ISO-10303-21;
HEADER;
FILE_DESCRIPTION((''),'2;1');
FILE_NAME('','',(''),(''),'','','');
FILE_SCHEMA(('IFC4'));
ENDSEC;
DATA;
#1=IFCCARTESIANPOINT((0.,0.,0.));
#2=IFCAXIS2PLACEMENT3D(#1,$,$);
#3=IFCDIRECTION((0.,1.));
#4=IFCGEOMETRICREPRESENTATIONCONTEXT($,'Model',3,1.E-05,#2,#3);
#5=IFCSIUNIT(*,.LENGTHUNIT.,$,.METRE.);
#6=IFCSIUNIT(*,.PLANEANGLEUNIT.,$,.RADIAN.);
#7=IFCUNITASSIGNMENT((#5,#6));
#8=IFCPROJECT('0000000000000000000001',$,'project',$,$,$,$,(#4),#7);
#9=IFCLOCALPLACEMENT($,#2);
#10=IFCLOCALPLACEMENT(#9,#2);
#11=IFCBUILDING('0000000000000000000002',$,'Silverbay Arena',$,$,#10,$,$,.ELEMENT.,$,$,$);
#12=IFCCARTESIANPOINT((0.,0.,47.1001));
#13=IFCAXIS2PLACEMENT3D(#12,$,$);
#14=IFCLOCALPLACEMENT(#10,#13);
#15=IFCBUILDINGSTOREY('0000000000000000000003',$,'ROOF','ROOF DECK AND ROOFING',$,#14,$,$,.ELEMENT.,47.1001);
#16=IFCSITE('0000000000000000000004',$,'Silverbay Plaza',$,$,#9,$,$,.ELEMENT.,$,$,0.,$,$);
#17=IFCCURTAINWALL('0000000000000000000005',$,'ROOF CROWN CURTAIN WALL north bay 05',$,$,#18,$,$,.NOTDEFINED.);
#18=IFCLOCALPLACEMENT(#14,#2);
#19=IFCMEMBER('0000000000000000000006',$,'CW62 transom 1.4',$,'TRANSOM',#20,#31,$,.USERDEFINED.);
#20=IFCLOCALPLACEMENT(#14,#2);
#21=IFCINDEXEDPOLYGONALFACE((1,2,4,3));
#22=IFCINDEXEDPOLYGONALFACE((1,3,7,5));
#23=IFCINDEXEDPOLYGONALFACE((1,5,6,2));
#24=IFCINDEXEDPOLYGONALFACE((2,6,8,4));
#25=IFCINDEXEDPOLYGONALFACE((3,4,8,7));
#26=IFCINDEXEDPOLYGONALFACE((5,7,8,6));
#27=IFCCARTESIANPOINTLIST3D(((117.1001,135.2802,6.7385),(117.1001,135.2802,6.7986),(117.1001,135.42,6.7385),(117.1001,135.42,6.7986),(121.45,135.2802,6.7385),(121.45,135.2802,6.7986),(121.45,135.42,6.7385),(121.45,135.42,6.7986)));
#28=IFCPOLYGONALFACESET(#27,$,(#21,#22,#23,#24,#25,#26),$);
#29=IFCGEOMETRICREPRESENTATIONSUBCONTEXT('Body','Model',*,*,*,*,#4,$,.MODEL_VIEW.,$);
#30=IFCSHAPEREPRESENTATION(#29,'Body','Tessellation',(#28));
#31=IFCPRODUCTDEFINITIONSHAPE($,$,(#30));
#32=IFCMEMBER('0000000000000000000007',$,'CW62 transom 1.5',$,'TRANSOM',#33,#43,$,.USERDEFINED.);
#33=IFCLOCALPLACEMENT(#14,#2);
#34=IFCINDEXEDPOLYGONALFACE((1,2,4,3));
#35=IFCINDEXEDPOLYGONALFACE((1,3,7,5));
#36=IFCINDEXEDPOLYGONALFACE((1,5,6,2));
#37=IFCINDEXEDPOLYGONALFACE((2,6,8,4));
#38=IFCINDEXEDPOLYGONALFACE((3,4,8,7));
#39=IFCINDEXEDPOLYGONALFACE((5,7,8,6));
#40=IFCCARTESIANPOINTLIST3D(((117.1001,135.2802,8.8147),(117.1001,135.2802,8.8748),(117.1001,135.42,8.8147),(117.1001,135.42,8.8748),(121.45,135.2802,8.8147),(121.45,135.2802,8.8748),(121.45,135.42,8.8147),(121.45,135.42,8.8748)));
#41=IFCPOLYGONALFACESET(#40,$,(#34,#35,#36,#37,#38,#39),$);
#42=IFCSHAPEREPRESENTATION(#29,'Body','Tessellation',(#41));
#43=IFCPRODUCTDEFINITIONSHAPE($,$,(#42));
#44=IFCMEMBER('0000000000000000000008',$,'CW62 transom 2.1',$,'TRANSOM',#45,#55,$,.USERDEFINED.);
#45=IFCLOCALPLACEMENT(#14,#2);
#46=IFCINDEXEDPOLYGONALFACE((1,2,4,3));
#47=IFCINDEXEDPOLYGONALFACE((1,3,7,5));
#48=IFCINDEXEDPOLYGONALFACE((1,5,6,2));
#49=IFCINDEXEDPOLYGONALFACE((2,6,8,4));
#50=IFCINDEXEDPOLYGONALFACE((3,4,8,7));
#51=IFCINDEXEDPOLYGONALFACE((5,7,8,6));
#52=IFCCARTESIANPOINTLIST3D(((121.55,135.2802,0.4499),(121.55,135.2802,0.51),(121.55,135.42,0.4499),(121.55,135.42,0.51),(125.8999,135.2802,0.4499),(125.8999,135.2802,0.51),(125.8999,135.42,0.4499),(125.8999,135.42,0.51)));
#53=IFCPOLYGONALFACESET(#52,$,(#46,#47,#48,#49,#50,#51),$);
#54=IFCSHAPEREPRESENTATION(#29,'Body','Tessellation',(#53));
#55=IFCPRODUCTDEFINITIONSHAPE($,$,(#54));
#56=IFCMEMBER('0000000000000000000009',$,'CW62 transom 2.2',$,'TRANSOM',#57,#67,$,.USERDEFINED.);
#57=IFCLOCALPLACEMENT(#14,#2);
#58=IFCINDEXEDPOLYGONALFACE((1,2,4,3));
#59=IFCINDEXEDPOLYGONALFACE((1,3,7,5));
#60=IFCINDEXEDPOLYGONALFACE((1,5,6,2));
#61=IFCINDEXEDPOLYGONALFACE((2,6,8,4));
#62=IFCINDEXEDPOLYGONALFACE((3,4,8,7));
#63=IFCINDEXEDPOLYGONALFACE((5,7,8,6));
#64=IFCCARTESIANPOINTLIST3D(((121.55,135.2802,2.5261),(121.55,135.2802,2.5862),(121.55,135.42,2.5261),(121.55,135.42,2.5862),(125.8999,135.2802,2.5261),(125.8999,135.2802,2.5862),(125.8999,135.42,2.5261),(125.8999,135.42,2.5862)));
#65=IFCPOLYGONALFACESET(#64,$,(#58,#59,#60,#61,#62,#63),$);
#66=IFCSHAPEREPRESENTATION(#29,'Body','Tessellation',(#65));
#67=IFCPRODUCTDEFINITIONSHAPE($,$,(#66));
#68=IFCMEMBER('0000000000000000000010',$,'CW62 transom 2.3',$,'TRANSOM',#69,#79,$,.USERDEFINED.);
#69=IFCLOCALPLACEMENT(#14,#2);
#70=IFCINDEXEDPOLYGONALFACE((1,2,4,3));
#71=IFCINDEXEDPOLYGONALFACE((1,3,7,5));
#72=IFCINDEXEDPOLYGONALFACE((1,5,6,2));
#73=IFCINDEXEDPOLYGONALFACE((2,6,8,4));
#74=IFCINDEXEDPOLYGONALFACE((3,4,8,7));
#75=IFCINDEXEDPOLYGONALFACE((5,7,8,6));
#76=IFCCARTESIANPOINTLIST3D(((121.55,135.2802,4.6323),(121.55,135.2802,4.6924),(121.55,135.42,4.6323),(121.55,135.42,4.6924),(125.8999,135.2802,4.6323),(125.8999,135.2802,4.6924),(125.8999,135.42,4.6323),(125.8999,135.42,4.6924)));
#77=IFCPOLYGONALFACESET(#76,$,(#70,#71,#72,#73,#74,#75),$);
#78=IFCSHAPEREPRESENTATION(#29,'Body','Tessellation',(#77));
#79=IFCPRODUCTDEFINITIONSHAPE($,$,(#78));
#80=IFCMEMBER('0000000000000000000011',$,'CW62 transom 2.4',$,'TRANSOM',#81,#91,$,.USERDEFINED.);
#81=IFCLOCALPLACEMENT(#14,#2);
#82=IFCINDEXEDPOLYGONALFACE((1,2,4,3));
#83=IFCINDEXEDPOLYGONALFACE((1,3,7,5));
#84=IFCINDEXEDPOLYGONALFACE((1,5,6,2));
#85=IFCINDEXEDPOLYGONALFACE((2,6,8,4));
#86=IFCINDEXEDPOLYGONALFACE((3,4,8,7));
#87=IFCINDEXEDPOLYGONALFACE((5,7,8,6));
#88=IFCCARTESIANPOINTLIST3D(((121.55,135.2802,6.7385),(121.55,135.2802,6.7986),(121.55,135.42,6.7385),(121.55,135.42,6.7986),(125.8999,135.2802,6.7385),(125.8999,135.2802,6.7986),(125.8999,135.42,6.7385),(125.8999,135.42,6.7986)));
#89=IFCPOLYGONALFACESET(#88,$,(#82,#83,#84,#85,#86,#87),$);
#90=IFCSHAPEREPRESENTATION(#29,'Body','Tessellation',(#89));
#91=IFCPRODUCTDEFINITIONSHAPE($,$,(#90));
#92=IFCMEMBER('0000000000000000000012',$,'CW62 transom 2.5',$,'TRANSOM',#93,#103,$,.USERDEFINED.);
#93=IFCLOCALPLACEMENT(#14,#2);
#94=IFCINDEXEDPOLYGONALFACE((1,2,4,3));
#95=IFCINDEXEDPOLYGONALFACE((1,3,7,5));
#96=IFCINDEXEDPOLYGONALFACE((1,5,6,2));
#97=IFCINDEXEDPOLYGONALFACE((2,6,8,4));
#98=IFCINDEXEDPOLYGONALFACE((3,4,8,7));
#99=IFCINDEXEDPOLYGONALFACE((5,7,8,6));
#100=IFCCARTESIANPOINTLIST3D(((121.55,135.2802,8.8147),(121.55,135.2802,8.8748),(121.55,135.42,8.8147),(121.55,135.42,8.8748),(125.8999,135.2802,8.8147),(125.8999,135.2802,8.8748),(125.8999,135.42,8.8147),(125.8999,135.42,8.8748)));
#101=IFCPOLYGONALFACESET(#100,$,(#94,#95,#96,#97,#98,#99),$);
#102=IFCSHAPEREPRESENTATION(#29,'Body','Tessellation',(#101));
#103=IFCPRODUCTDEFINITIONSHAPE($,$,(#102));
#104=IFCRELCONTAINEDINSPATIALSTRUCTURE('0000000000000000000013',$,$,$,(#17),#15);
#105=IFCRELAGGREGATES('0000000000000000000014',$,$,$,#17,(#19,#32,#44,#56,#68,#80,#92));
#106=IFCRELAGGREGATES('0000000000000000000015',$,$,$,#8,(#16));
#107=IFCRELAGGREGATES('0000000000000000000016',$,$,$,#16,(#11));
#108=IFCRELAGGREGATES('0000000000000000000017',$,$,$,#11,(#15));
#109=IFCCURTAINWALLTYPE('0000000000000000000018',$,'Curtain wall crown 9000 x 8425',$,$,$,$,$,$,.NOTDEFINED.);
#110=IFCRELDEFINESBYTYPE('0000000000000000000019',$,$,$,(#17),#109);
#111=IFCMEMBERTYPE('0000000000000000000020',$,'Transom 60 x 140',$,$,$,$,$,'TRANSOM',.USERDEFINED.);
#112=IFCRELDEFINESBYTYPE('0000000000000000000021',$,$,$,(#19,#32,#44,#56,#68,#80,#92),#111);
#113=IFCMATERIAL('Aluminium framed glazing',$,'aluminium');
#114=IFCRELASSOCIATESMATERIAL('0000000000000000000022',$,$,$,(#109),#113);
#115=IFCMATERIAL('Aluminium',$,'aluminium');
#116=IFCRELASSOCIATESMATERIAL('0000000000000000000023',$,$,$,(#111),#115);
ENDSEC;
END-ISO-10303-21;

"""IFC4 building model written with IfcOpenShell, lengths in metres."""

from ifc_helpers import new_model, si_unit, direction, frame, origin, origin_2d, place, context, subcontext, project, spatial, rectangle, extrude, material, material_profile, profile_set, type_object, element, aggregate, save


model = new_model("IFC4")

# Units and contexts
model_context = context("Model", 3, precision=1e-05, world=origin(), true_north=direction((0.0, 1.0)))
body_context = subcontext(model_context, "Body", "Model", "MODEL_VIEW")
ifc_project = project(units=[si_unit("LENGTHUNIT", "METRE"), si_unit("PLANEANGLEUNIT", "RADIAN")], contexts=[model_context])

# Site, building, storey
site_placement = place(None, origin())
site = spatial("IfcSite", under=ifc_project, at=site_placement, Name="Silverbay Plaza", CompositionType="ELEMENT", RefElevation=0.0)
building_placement = place(site_placement, origin())
building = spatial("IfcBuilding", under=site, at=building_placement, Name="Silverbay Arena", CompositionType="ELEMENT")
storey_placement = place(building_placement, frame((0.0, 0.0, 47.1001)))
storey = spatial("IfcBuildingStorey", under=building, at=storey_placement, Name="ROOF", Description="ROOF DECK AND ROOFING", CompositionType="ELEMENT", Elevation=47.1001)

# Curtain wall
ifc_material_1 = material(Name="Aluminium framed glazing", Category="aluminium")
curtain_wall_type = type_object("IfcCurtainWallType", Name="Curtain wall crown 9000 x 8425", PredefinedType="NOTDEFINED", material=ifc_material_1)
placement = place(building_placement, frame((0.0, 0.0, 33.5)))
curtain_wall_1_placement = place(storey_placement, origin())
curtain_wall_1 = element("IfcCurtainWall", 1, at=curtain_wall_1_placement, inside=storey, type_object=curtain_wall_type, Name="ROOF CROWN CURTAIN WALL north bay 05", PredefinedType="NOTDEFINED")

# Members
ifc_material_2 = material(Name="Aluminium", Category="aluminium")
ifc_material_profile_1 = material_profile(ifc_material_2, rectangle(XDim=0.1399, YDim=0.0601, at=origin_2d()), Name="Transom 60 x 140")
ifc_profile_set_1 = profile_set([ifc_material_profile_1], Name="Aluminium")
member_type_1 = type_object("IfcMemberType", Name="Transom 60 x 140", ElementType="TRANSOM", PredefinedType="USERDEFINED", material=ifc_profile_set_1)
member_1_placement = place(placement, frame((117.1001, 135.3501, 20.3687), z_axis=(1.0, 0.0, 0.0), x_axis=(0.0, 1.0, 0.0)))
member_1 = element("IfcMember", 2, at=member_1_placement, type_object=member_type_1, Name="CW62 transom 1.4", ObjectType="TRANSOM", PredefinedType="USERDEFINED", context=body_context, shape_type="SweptSolid", body=[
    extrude(rectangle(XDim=0.1399, YDim=0.0601, at=origin_2d()), origin(), (0.0, 0.0, 1.0), 4.3499),
])
member_2_placement = place(placement, frame((117.1001, 135.3501, 22.4448), z_axis=(1.0, 0.0, 0.0), x_axis=(0.0, 1.0, 0.0)))
member_2 = element("IfcMember", 3, at=member_2_placement, type_object=member_type_1, Name="CW62 transom 1.5", ObjectType="TRANSOM", PredefinedType="USERDEFINED", context=body_context, shape_type="SweptSolid", body=[
    extrude(rectangle(XDim=0.1399, YDim=0.0601, at=origin_2d()), origin(), (0.0, 0.0, 1.0), 4.3499),
])
member_3_placement = place(placement, frame((121.55, 135.3501, 14.0801), z_axis=(1.0, 0.0, 0.0), x_axis=(0.0, 1.0, 0.0)))
member_3 = element("IfcMember", 4, at=member_3_placement, type_object=member_type_1, Name="CW62 transom 2.1", ObjectType="TRANSOM", PredefinedType="USERDEFINED", context=body_context, shape_type="SweptSolid", body=[
    extrude(rectangle(XDim=0.1399, YDim=0.0601, at=origin_2d()), origin(), (0.0, 0.0, 1.0), 4.3499),
])
member_4_placement = place(placement, frame((121.55, 135.3501, 16.1562), z_axis=(1.0, 0.0, 0.0), x_axis=(0.0, 1.0, 0.0)))
member_4 = element("IfcMember", 5, at=member_4_placement, type_object=member_type_1, Name="CW62 transom 2.2", ObjectType="TRANSOM", PredefinedType="USERDEFINED", context=body_context, shape_type="SweptSolid", body=[
    extrude(rectangle(XDim=0.1399, YDim=0.0601, at=origin_2d()), origin(), (0.0, 0.0, 1.0), 4.3499),
])
member_5_placement = place(placement, frame((121.55, 135.3501, 18.2625), z_axis=(1.0, 0.0, 0.0), x_axis=(0.0, 1.0, 0.0)))
member_5 = element("IfcMember", 6, at=member_5_placement, type_object=member_type_1, Name="CW62 transom 2.3", ObjectType="TRANSOM", PredefinedType="USERDEFINED", context=body_context, shape_type="SweptSolid", body=[
    extrude(rectangle(XDim=0.1399, YDim=0.0601, at=origin_2d()), origin(), (0.0, 0.0, 1.0), 4.3499),
])
member_6_placement = place(placement, frame((121.55, 135.3501, 20.3687), z_axis=(1.0, 0.0, 0.0), x_axis=(0.0, 1.0, 0.0)))
member_6 = element("IfcMember", 7, at=member_6_placement, type_object=member_type_1, Name="CW62 transom 2.4", ObjectType="TRANSOM", PredefinedType="USERDEFINED", context=body_context, shape_type="SweptSolid", body=[
    extrude(rectangle(XDim=0.1399, YDim=0.0601, at=origin_2d()), origin(), (0.0, 0.0, 1.0), 4.3499),
])
member_7_placement = place(placement, frame((121.55, 135.3501, 22.4448), z_axis=(1.0, 0.0, 0.0), x_axis=(0.0, 1.0, 0.0)))
member_7 = element("IfcMember", 8, at=member_7_placement, type_object=member_type_1, Name="CW62 transom 2.5", ObjectType="TRANSOM", PredefinedType="USERDEFINED", context=body_context, shape_type="SweptSolid", body=[
    extrude(rectangle(XDim=0.1399, YDim=0.0601, at=origin_2d()), origin(), (0.0, 0.0, 1.0), 4.3499),
])

aggregate(curtain_wall_1, [member_1, member_2, member_3, member_4, member_5, member_6, member_7])

save(model, "model.ifc")
